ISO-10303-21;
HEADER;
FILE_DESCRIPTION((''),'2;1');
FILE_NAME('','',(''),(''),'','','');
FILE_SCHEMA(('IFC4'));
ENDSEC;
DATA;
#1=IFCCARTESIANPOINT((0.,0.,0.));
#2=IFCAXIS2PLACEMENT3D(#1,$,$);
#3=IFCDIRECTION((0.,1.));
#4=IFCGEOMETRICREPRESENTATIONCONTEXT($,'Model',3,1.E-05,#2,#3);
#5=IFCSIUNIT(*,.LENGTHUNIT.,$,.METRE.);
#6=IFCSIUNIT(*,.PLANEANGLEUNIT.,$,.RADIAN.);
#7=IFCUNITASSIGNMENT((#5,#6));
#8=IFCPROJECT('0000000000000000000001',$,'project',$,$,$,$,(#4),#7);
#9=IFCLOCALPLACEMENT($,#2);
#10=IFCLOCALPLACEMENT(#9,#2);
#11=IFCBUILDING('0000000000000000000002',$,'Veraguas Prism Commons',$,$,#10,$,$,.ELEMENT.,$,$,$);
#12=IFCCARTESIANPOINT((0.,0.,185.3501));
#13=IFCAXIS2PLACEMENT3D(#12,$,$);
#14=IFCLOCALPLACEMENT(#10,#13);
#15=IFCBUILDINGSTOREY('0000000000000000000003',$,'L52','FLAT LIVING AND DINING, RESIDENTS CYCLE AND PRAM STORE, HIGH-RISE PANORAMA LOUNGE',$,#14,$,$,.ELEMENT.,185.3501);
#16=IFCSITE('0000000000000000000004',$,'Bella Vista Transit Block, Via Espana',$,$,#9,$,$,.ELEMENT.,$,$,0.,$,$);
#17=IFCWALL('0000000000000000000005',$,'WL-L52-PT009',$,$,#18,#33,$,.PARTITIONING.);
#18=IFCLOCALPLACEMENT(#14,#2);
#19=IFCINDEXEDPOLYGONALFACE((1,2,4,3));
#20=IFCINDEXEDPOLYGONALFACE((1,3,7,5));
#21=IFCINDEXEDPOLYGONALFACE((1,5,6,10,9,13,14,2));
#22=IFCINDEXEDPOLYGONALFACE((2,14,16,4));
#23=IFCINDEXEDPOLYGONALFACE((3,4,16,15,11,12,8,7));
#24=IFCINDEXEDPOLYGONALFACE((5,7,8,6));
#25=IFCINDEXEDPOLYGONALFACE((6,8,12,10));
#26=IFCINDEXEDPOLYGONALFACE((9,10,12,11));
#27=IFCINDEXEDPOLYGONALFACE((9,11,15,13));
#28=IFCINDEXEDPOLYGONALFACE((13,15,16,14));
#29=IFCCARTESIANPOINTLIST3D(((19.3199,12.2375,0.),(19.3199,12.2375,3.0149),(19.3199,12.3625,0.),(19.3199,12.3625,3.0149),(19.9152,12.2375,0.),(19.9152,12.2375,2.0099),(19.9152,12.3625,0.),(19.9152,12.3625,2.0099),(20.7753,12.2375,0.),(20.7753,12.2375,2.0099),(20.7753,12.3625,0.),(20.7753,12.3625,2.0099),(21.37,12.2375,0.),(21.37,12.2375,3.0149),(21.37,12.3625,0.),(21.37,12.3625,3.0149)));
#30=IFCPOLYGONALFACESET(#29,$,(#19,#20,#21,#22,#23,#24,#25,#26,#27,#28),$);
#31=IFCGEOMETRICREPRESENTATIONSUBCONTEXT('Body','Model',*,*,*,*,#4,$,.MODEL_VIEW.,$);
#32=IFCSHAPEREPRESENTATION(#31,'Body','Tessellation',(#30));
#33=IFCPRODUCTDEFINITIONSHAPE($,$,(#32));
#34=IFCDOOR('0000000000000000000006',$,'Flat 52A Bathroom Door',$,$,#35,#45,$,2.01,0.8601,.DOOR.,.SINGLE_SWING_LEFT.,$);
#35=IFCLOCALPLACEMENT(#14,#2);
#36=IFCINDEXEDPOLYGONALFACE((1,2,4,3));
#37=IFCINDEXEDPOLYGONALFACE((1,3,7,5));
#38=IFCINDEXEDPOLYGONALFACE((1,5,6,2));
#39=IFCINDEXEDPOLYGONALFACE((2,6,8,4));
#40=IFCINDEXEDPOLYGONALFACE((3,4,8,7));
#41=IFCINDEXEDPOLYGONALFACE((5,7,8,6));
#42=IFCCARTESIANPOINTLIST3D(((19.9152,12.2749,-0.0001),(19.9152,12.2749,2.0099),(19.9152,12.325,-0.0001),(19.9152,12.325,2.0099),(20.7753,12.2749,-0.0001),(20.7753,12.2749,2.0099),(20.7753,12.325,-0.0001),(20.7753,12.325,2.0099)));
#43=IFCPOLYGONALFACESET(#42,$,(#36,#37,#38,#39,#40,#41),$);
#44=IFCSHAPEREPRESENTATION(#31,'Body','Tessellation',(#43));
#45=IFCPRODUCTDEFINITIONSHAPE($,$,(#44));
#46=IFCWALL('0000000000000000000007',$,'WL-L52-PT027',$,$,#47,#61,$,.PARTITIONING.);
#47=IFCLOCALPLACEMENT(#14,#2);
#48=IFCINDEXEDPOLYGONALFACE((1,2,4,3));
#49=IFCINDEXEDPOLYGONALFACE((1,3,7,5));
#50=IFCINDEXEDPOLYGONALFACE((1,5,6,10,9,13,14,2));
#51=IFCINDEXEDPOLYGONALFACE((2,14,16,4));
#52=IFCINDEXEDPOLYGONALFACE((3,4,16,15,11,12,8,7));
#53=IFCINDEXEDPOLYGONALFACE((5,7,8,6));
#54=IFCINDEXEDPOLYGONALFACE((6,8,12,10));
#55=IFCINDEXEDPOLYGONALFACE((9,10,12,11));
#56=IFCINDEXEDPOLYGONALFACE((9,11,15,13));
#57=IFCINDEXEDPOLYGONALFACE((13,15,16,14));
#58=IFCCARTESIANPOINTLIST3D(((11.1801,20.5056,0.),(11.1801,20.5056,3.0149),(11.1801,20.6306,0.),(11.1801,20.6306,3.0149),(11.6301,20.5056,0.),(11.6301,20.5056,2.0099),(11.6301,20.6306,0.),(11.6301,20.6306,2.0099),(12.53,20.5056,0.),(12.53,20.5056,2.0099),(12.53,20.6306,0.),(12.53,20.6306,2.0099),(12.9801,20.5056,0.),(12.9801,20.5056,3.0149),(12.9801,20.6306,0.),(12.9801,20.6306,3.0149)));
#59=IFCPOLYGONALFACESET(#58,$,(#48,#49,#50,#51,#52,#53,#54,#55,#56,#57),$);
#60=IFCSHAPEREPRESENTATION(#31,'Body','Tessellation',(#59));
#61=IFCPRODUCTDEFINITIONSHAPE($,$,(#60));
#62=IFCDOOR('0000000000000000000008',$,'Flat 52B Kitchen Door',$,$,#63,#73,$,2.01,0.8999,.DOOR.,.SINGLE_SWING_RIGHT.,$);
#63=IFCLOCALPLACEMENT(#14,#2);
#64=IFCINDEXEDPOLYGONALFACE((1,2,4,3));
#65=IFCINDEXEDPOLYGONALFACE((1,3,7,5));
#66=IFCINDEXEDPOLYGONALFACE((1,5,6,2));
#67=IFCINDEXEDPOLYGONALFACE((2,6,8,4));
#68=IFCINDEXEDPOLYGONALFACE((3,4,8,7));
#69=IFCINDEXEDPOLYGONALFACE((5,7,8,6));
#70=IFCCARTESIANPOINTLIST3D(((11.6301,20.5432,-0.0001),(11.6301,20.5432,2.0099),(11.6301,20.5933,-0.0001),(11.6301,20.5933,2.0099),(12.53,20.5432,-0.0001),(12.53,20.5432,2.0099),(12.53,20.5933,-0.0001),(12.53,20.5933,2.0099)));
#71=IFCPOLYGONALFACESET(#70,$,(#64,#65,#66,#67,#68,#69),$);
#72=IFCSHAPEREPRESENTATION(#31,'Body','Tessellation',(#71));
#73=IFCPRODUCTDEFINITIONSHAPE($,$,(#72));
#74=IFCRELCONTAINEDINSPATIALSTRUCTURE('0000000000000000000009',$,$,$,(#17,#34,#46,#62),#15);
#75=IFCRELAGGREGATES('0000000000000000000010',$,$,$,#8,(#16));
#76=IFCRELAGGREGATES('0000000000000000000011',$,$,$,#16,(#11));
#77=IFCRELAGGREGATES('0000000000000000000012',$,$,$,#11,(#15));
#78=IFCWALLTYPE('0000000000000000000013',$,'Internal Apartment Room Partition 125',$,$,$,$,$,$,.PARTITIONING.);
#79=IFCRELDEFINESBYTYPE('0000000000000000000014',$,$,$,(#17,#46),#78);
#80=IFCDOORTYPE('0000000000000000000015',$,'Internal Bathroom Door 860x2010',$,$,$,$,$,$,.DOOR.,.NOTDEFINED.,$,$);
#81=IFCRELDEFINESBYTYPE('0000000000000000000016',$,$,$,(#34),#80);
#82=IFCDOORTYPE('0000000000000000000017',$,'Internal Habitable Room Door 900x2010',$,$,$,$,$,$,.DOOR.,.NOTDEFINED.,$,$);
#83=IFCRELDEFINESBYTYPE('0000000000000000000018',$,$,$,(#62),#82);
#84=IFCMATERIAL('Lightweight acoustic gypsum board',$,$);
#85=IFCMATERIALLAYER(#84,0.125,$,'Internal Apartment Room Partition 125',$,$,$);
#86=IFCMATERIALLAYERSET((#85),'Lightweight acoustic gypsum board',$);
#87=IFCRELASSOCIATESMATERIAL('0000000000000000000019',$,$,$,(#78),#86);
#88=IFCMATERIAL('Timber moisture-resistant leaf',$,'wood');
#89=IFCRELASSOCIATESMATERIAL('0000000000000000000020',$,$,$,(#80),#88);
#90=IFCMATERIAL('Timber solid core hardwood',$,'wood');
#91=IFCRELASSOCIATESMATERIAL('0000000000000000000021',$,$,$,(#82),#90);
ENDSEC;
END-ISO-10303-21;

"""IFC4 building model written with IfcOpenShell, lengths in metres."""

from ifc_helpers import new_model, si_unit, direction, frame, frame_2d, origin, place, context, subcontext, project, spatial, rectangle, extrude, source, transform, mapped, material, layer, layer_set, type_object, element, fill, save


model = new_model("IFC4")

# Units and contexts
model_context = context("Model", 3, precision=1e-05, world=origin(), true_north=direction((0.0, 1.0)))
body_context = subcontext(model_context, "Body", "Model", "MODEL_VIEW")
ifc_project = project(units=[si_unit("LENGTHUNIT", "METRE"), si_unit("PLANEANGLEUNIT", "RADIAN")], contexts=[model_context])

# Site, building, storey
site_placement = place(None, origin())
site = spatial("IfcSite", under=ifc_project, at=site_placement, Name="Bella Vista Transit Block, Via Espana", CompositionType="ELEMENT", RefElevation=0.0)
building_placement = place(site_placement, origin())
building = spatial("IfcBuilding", under=site, at=building_placement, Name="Veraguas Prism Commons", CompositionType="ELEMENT")
storey_placement = place(building_placement, frame((0.0, 0.0, 185.3501)))
storey = spatial("IfcBuildingStorey", under=building, at=storey_placement, Name="L52", Description="FLAT LIVING AND DINING, RESIDENTS CYCLE AND PRAM STORE, HIGH-RISE PANORAMA LOUNGE", CompositionType="ELEMENT", Elevation=185.3501)

# Walls, openings, doors
ifc_material_1 = material(Name="Lightweight acoustic gypsum board")
ifc_layer_1 = layer(ifc_material_1, 0.125, Name="Internal Apartment Room Partition 125")
ifc_layer_set_1 = layer_set([ifc_layer_1], Name="Lightweight acoustic gypsum board")
wall_type_1 = type_object("IfcWallType", Name="Internal Apartment Room Partition 125", PredefinedType="PARTITIONING", material=ifc_layer_set_1)
wall_1_placement = place(storey_placement, frame((19.3201, 12.3, 0.0), z_axis=(0.0, 0.0, 1.0), x_axis=(1.0, 0.0, 0.0)))
wall_1 = element("IfcWall", 1, at=wall_1_placement, inside=storey, type_object=wall_type_1, Name="WL-L52-PT009", PredefinedType="PARTITIONING", context=body_context, shape_type="SweptSolid", body=[
    extrude(rectangle(XDim=2.05, YDim=0.125, at=frame_2d((1.0249, 0.0))), origin(), (0.0, 0.0, 1.0), 3.0149),
])
opening_1_placement = place(wall_1_placement, frame((0.595, 0.0, 0.0)))
opening_1 = element("IfcOpeningElement", 2, at=opening_1_placement, cuts=wall_1, PredefinedType="OPENING", context=body_context, shape_type="SweptSolid", body=[
    extrude(rectangle(XDim=0.8601, YDim=2.01, at=frame_2d((0.4302, 1.0049))), frame((0.0, 0.0725, 0.0), z_axis=(0.0, -1.0, 0.0), x_axis=(1.0, 0.0, 0.0)), (0.0, 0.0, 1.0), 0.145),
])
ifc_material_2 = material(Name="Timber moisture-resistant leaf", Category="wood")
door_type_1 = type_object("IfcDoorType", Name="Internal Bathroom Door 860x2010", OperationType="NOTDEFINED", PredefinedType="DOOR", material=ifc_material_2)
shared_shape_1 = source(origin(), body_context, "Body", "SweptSolid", [
    extrude(rectangle(XDim=0.8601, YDim=2.01, at=frame_2d((0.4302, 1.0049))), frame((0.0, 0.0249, 0.0), z_axis=(0.0, -1.0, 0.0), x_axis=(1.0, 0.0, 0.0)), (0.0, 0.0, 1.0), 0.05),
])
door_1_placement = place(opening_1_placement, origin())
door_1 = element("IfcDoor", 3, at=door_1_placement, inside=storey, type_object=door_type_1, Name="Flat 52A Bathroom Door", OperationType="SINGLE_SWING_LEFT", OverallHeight=2.01, OverallWidth=0.8601, PredefinedType="DOOR", context=body_context, shape_type="MappedRepresentation", body=[
    mapped(shared_shape_1, transform((0.0, 0.0, 0.0), scale=1.0)),
])
fill(opening_1, door_1)
wall_2_placement = place(storey_placement, frame((12.98, 20.5681, 0.0), z_axis=(0.0, 0.0, 1.0), x_axis=(-1.0, 0.0, 0.0)))
wall_2 = element("IfcWall", 4, at=wall_2_placement, inside=storey, type_object=wall_type_1, Name="WL-L52-PT027", PredefinedType="PARTITIONING", context=body_context, shape_type="SweptSolid", body=[
    extrude(rectangle(XDim=1.8, YDim=0.125, at=frame_2d((0.8999, 0.0))), origin(), (0.0, 0.0, 1.0), 3.0149),
])
opening_2_placement = place(wall_2_placement, frame((0.45, 0.0, 0.0)))
opening_2 = element("IfcOpeningElement", 5, at=opening_2_placement, cuts=wall_2, PredefinedType="OPENING", context=body_context, shape_type="SweptSolid", body=[
    extrude(rectangle(XDim=0.8999, YDim=2.01, at=frame_2d((0.45, 1.0049))), frame((0.0, 0.0725, 0.0), z_axis=(0.0, -1.0, 0.0), x_axis=(1.0, 0.0, 0.0)), (0.0, 0.0, 1.0), 0.145),
])
ifc_material_3 = material(Name="Timber solid core hardwood", Category="wood")
door_type_2 = type_object("IfcDoorType", Name="Internal Habitable Room Door 900x2010", OperationType="NOTDEFINED", PredefinedType="DOOR", material=ifc_material_3)
shared_shape_2 = source(origin(), body_context, "Body", "SweptSolid", [
    extrude(rectangle(XDim=0.8999, YDim=2.01, at=frame_2d((0.45, 1.0049))), frame((0.0, 0.0249, 0.0), z_axis=(0.0, -1.0, 0.0), x_axis=(1.0, 0.0, 0.0)), (0.0, 0.0, 1.0), 0.05),
])
door_2_placement = place(opening_2_placement, origin())
door_2 = element("IfcDoor", 6, at=door_2_placement, inside=storey, type_object=door_type_2, Name="Flat 52B Kitchen Door", OperationType="SINGLE_SWING_RIGHT", OverallHeight=2.01, OverallWidth=0.8999, PredefinedType="DOOR", context=body_context, shape_type="MappedRepresentation", body=[
    mapped(shared_shape_2, transform((0.0, 0.0, 0.0), scale=1.0)),
])
fill(opening_2, door_2)

save(model, "model.ifc")
